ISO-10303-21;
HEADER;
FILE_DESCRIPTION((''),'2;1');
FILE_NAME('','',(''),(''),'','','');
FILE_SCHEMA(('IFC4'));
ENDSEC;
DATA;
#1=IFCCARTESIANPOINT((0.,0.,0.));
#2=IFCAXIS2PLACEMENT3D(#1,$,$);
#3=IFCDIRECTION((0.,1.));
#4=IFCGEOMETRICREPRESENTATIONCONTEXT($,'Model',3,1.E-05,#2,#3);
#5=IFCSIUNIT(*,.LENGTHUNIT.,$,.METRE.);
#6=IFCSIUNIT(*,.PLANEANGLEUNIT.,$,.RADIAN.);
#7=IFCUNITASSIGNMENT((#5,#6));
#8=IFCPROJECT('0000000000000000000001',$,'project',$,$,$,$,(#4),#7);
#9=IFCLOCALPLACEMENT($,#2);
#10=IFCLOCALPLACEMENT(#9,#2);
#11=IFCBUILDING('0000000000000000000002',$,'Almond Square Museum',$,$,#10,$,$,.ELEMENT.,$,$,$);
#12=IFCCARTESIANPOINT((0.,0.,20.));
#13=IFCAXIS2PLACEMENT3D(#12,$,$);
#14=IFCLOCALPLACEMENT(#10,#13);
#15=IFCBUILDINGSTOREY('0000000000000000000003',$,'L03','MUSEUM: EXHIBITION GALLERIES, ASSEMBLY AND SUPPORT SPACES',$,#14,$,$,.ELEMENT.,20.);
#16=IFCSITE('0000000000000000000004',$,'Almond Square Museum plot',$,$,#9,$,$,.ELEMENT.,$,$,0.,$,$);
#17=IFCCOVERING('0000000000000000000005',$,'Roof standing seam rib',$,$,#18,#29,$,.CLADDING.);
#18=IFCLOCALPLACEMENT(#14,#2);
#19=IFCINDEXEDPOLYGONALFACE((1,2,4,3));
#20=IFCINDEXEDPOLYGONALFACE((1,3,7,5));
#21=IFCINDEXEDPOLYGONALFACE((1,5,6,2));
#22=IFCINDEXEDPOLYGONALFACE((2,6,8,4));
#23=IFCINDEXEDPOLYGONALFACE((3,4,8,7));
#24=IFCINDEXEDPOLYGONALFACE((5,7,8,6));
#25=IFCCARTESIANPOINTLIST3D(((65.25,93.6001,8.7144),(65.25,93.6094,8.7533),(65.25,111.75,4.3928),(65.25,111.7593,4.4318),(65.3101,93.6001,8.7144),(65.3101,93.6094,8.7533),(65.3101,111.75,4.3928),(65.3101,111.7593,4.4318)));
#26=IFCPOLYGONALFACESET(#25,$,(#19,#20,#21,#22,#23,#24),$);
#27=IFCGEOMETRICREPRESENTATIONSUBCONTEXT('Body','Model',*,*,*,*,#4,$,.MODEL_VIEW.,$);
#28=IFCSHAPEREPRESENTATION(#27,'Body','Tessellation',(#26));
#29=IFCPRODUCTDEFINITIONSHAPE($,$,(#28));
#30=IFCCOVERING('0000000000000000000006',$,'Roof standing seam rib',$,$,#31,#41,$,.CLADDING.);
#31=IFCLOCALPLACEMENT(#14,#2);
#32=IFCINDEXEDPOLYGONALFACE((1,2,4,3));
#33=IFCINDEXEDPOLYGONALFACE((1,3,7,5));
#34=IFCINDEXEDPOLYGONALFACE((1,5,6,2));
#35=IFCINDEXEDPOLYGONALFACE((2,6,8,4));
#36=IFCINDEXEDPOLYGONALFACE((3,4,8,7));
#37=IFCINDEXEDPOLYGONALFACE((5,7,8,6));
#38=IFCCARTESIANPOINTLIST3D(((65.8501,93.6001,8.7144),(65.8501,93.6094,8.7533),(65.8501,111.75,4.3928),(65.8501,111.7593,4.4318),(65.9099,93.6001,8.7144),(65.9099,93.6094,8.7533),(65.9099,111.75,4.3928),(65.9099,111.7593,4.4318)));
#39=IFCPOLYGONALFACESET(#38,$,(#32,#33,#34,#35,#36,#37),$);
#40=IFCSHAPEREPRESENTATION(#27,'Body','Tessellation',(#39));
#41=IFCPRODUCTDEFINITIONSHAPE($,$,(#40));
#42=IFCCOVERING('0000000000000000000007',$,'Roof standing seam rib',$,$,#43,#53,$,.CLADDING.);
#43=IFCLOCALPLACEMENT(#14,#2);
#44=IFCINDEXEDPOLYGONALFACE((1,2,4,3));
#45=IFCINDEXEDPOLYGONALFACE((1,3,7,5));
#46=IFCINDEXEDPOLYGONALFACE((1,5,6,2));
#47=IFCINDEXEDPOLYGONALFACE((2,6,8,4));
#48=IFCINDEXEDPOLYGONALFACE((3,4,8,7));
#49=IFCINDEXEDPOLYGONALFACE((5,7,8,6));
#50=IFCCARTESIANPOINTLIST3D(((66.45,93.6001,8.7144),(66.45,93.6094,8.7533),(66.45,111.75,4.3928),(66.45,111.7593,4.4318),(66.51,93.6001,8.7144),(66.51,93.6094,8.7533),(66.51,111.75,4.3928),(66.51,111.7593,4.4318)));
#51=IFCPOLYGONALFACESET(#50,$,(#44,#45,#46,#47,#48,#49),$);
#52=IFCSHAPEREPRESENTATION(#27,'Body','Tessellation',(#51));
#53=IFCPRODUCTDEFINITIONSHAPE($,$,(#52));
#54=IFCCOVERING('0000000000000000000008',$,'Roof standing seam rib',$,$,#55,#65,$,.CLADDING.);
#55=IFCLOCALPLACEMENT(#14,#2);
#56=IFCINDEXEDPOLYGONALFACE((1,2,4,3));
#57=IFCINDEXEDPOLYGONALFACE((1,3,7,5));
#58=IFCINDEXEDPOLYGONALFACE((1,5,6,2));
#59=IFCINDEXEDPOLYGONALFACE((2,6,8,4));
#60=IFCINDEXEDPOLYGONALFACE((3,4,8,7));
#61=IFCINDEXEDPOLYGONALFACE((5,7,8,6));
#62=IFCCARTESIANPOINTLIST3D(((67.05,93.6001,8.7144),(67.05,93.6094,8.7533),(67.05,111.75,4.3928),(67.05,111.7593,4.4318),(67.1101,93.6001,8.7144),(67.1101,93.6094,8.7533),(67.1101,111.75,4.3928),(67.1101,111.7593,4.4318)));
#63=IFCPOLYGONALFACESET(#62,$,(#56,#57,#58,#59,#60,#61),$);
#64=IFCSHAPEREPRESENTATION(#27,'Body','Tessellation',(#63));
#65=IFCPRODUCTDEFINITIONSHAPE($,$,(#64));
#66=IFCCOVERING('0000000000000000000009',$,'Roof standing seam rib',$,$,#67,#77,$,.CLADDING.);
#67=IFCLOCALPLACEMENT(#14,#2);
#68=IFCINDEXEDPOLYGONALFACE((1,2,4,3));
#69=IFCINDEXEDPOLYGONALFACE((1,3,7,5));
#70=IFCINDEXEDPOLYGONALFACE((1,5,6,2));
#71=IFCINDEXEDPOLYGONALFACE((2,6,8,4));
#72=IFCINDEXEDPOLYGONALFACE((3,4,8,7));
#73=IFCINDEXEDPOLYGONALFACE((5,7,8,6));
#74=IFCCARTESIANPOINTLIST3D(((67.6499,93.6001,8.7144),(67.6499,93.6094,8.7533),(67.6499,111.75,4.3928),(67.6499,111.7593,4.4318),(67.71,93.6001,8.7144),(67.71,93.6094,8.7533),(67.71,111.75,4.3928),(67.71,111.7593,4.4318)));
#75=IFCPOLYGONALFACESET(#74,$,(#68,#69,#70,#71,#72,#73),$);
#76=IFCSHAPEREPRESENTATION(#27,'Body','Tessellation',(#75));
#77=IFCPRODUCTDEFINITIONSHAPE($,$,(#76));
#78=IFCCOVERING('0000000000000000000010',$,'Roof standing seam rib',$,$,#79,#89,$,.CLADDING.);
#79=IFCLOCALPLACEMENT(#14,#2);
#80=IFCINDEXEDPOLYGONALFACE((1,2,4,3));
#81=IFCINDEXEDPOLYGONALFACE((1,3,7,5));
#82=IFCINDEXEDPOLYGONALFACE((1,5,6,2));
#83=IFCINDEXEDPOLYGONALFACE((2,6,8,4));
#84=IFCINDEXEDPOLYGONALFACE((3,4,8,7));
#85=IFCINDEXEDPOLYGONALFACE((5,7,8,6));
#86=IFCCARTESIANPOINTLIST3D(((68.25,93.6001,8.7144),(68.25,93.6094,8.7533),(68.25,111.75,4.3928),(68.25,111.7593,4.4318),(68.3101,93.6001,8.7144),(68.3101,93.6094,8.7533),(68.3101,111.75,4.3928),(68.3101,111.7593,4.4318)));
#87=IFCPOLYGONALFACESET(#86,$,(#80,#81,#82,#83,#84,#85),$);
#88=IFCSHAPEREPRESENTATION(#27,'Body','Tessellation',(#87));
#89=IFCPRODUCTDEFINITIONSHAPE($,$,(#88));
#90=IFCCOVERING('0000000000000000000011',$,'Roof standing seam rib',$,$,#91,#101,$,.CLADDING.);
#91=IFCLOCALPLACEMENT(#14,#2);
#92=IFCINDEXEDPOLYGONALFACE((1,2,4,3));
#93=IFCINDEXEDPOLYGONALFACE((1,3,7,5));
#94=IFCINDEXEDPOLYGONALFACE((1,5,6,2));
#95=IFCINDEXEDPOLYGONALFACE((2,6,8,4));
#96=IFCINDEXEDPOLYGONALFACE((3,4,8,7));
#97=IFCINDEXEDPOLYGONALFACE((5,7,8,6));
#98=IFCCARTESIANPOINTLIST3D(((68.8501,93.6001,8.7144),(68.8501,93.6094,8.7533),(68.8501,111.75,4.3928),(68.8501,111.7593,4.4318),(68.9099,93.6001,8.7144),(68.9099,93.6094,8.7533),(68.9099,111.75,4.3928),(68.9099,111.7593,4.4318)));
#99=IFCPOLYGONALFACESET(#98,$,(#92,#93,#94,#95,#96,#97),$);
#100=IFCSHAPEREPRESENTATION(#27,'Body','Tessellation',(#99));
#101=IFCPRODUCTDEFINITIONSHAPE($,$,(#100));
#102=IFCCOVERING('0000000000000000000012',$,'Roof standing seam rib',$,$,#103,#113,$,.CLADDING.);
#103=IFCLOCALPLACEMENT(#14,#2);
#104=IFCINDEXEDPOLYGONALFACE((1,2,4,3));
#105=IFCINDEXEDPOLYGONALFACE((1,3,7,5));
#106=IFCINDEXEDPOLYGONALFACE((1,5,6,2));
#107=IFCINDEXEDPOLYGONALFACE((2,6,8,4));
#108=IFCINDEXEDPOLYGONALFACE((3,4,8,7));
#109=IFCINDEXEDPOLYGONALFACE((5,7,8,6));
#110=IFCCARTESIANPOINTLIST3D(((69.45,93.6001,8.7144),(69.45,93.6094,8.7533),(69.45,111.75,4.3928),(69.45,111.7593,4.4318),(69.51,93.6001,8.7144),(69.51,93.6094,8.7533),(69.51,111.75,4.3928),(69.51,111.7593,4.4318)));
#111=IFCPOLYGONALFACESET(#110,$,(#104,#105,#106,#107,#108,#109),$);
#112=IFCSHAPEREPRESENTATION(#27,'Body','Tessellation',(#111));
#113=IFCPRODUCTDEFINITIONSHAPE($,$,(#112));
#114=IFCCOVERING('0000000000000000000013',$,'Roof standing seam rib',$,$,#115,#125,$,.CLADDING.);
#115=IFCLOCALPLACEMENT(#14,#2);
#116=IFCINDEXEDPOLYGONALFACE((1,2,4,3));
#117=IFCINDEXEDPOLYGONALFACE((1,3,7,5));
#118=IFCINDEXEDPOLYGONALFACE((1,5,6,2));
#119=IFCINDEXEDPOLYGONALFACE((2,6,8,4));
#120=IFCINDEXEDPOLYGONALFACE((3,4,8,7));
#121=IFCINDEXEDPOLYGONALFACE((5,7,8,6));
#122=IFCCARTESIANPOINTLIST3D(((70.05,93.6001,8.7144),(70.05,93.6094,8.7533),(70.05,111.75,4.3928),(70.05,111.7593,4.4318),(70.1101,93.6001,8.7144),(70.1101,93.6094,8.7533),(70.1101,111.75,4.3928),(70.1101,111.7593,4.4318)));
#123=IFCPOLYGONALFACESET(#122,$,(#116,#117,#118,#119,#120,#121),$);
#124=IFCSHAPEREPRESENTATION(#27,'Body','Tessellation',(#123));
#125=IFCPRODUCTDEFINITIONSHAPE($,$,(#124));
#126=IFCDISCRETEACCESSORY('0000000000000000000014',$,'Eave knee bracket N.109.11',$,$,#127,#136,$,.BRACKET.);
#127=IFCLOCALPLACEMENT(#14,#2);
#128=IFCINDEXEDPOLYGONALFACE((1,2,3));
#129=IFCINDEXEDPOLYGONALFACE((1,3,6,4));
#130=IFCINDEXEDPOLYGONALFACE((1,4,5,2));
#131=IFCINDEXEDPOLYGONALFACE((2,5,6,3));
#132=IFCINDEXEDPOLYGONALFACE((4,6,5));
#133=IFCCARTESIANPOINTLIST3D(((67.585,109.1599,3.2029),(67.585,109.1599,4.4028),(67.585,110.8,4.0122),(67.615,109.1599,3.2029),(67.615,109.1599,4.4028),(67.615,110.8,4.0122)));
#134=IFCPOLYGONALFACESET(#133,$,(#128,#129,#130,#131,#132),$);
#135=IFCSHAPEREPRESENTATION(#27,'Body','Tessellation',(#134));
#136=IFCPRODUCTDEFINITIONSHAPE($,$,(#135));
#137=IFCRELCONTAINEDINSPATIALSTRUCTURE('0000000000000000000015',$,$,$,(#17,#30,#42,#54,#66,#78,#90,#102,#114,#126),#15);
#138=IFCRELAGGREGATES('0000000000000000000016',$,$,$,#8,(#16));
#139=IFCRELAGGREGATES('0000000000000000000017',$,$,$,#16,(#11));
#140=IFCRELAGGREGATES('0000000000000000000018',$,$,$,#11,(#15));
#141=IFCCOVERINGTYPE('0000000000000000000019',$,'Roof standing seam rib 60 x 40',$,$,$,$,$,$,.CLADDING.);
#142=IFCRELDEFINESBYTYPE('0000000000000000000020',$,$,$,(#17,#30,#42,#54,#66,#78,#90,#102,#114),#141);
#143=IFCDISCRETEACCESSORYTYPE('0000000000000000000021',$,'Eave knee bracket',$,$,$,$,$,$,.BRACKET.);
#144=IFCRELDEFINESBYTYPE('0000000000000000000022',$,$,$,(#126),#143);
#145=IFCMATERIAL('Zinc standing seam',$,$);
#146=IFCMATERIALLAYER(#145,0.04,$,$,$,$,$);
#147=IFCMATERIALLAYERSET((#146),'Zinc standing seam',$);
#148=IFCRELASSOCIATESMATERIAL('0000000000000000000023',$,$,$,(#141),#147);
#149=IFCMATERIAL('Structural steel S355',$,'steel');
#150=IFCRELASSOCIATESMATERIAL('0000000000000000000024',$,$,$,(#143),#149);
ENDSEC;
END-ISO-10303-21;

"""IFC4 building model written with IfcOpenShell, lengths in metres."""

from ifc_helpers import new_model, si_unit, direction, frame, origin, place, context, subcontext, project, spatial, polyline, outline, extrude, material, layer, layer_set, type_object, element, save


model = new_model("IFC4")

# Units and contexts
model_context = context("Model", 3, precision=1e-05, world=origin(), true_north=direction((0.0, 1.0)))
body_context = subcontext(model_context, "Body", "Model", "MODEL_VIEW")
ifc_project = project(units=[si_unit("LENGTHUNIT", "METRE"), si_unit("PLANEANGLEUNIT", "RADIAN")], contexts=[model_context])

# Site, building, storey
site_placement = place(None, origin())
site = spatial("IfcSite", under=ifc_project, at=site_placement, Name="Almond Square Museum plot", CompositionType="ELEMENT", RefElevation=0.0)
building_placement = place(site_placement, origin())
building = spatial("IfcBuilding", under=site, at=building_placement, Name="Almond Square Museum", CompositionType="ELEMENT")
storey_placement = place(building_placement, frame((0.0, 0.0, 20.0)))
storey = spatial("IfcBuildingStorey", under=building, at=storey_placement, Name="L03", Description="MUSEUM: EXHIBITION GALLERIES, ASSEMBLY AND SUPPORT SPACES", CompositionType="ELEMENT", Elevation=20.0)

# Coverings
ifc_material_1 = material(Name="Zinc standing seam")
ifc_layer = layer(ifc_material_1, 0.04)
ifc_layer_set = layer_set([ifc_layer], Name="Zinc standing seam")
covering_type_1 = type_object("IfcCoveringType", Name="Roof standing seam rib 60 x 40", PredefinedType="CLADDING", material=ifc_layer_set)
covering_1_placement = place(storey_placement, frame((65.3101, 111.75, 4.3928), z_axis=(0.0, 0.231627, 0.972805), x_axis=(-1.0, 0.0, 0.0)))
element("IfcCovering", 1, at=covering_1_placement, inside=storey, type_object=covering_type_1, Name="Roof standing seam rib", PredefinedType="CLADDING", context=body_context, shape_type="SweptSolid", body=[
    extrude(outline(polyline([(0.0, 0.0), (0.0601, 0.0), (0.0601, 18.6573), (0.0, 18.6573), (0.0, 0.0)])), origin(), (0.0, 0.0, 1.0), 0.04),
])
covering_2_placement = place(storey_placement, frame((65.9099, 111.75, 4.3928), z_axis=(0.0, 0.231627, 0.972805), x_axis=(-1.0, 0.0, 0.0)))
element("IfcCovering", 2, at=covering_2_placement, inside=storey, type_object=covering_type_1, Name="Roof standing seam rib", PredefinedType="CLADDING", context=body_context, shape_type="SweptSolid", body=[
    extrude(outline(polyline([(0.0, 0.0), (0.0598, 0.0), (0.0598, 18.6573), (0.0, 18.6573), (0.0, 0.0)])), origin(), (0.0, 0.0, 1.0), 0.04),
])
for number, where, z_axis, x_axis, name in (
    (3, (66.51, 111.75, 4.3928), (0.0, 0.231627, 0.972805), (-1.0, 0.0, 0.0), "Roof standing seam rib"),
    (4, (67.1101, 111.75, 4.3928), (0.0, 0.231627, 0.972805), (-1.0, 0.0, 0.0), "Roof standing seam rib"),
    (5, (67.71, 111.75, 4.3928), (0.0, 0.231627, 0.972805), (-1.0, 0.0, 0.0), "Roof standing seam rib"),
    (6, (68.3101, 111.75, 4.3928), (0.0, 0.231627, 0.972805), (-1.0, 0.0, 0.0), "Roof standing seam rib"),
):
    element("IfcCovering", number, at=place(storey_placement, frame(where, z_axis=z_axis, x_axis=x_axis)), inside=storey, type_object=covering_type_1, Name=name, PredefinedType="CLADDING", context=body_context, shape_type="SweptSolid", body=[
        extrude(outline(polyline([(0.0, 0.0), (0.0601, 0.0), (0.0601, 18.6573), (0.0, 18.6573), (0.0, 0.0)])), origin(), (0.0, 0.0, 1.0), 0.04),
    ])
covering_3_placement = place(storey_placement, frame((68.9099, 111.75, 4.3928), z_axis=(0.0, 0.231627, 0.972805), x_axis=(-1.0, 0.0, 0.0)))
element("IfcCovering", 7, at=covering_3_placement, inside=storey, type_object=covering_type_1, Name="Roof standing seam rib", PredefinedType="CLADDING", context=body_context, shape_type="SweptSolid", body=[
    extrude(outline(polyline([(0.0, 0.0), (0.0598, 0.0), (0.0598, 18.6573), (0.0, 18.6573), (0.0, 0.0)])), origin(), (0.0, 0.0, 1.0), 0.04),
])
for number, where, z_axis, x_axis, name in (
    (8, (69.51, 111.75, 4.3928), (0.0, 0.231627, 0.972805), (-1.0, 0.0, 0.0), "Roof standing seam rib"),
    (9, (70.1101, 111.75, 4.3928), (0.0, 0.231627, 0.972805), (-1.0, 0.0, 0.0), "Roof standing seam rib"),
):
    element("IfcCovering", number, at=place(storey_placement, frame(where, z_axis=z_axis, x_axis=x_axis)), inside=storey, type_object=covering_type_1, Name=name, PredefinedType="CLADDING", context=body_context, shape_type="SweptSolid", body=[
        extrude(outline(polyline([(0.0, 0.0), (0.0601, 0.0), (0.0601, 18.6573), (0.0, 18.6573), (0.0, 0.0)])), origin(), (0.0, 0.0, 1.0), 0.04),
    ])

# Discrete accessory
ifc_material_2 = material(Name="Structural steel S355", Category="steel")
discrete_accessory_type = type_object("IfcDiscreteAccessoryType", Name="Eave knee bracket", PredefinedType="BRACKET", material=ifc_material_2)
discrete_accessory_placement = place(storey_placement, frame((67.6001, 109.1599, 4.4028), z_axis=(1.0, 0.0, 0.0), x_axis=(0.0, 0.0, -1.0)))
element("IfcDiscreteAccessory", 10, at=discrete_accessory_placement, inside=storey, type_object=discrete_accessory_type, Name="Eave knee bracket N.109.11", PredefinedType="BRACKET", context=body_context, shape_type="SweptSolid", body=[
    extrude(outline(polyline([(0.0, 0.0), (1.2, 0.0), (0.3906, 1.6401), (0.0, 0.0)])), frame((0.0, 0.0, -0.0151)), (0.0, 0.0, 1.0), 0.03),
])

save(model, "model.ifc")
